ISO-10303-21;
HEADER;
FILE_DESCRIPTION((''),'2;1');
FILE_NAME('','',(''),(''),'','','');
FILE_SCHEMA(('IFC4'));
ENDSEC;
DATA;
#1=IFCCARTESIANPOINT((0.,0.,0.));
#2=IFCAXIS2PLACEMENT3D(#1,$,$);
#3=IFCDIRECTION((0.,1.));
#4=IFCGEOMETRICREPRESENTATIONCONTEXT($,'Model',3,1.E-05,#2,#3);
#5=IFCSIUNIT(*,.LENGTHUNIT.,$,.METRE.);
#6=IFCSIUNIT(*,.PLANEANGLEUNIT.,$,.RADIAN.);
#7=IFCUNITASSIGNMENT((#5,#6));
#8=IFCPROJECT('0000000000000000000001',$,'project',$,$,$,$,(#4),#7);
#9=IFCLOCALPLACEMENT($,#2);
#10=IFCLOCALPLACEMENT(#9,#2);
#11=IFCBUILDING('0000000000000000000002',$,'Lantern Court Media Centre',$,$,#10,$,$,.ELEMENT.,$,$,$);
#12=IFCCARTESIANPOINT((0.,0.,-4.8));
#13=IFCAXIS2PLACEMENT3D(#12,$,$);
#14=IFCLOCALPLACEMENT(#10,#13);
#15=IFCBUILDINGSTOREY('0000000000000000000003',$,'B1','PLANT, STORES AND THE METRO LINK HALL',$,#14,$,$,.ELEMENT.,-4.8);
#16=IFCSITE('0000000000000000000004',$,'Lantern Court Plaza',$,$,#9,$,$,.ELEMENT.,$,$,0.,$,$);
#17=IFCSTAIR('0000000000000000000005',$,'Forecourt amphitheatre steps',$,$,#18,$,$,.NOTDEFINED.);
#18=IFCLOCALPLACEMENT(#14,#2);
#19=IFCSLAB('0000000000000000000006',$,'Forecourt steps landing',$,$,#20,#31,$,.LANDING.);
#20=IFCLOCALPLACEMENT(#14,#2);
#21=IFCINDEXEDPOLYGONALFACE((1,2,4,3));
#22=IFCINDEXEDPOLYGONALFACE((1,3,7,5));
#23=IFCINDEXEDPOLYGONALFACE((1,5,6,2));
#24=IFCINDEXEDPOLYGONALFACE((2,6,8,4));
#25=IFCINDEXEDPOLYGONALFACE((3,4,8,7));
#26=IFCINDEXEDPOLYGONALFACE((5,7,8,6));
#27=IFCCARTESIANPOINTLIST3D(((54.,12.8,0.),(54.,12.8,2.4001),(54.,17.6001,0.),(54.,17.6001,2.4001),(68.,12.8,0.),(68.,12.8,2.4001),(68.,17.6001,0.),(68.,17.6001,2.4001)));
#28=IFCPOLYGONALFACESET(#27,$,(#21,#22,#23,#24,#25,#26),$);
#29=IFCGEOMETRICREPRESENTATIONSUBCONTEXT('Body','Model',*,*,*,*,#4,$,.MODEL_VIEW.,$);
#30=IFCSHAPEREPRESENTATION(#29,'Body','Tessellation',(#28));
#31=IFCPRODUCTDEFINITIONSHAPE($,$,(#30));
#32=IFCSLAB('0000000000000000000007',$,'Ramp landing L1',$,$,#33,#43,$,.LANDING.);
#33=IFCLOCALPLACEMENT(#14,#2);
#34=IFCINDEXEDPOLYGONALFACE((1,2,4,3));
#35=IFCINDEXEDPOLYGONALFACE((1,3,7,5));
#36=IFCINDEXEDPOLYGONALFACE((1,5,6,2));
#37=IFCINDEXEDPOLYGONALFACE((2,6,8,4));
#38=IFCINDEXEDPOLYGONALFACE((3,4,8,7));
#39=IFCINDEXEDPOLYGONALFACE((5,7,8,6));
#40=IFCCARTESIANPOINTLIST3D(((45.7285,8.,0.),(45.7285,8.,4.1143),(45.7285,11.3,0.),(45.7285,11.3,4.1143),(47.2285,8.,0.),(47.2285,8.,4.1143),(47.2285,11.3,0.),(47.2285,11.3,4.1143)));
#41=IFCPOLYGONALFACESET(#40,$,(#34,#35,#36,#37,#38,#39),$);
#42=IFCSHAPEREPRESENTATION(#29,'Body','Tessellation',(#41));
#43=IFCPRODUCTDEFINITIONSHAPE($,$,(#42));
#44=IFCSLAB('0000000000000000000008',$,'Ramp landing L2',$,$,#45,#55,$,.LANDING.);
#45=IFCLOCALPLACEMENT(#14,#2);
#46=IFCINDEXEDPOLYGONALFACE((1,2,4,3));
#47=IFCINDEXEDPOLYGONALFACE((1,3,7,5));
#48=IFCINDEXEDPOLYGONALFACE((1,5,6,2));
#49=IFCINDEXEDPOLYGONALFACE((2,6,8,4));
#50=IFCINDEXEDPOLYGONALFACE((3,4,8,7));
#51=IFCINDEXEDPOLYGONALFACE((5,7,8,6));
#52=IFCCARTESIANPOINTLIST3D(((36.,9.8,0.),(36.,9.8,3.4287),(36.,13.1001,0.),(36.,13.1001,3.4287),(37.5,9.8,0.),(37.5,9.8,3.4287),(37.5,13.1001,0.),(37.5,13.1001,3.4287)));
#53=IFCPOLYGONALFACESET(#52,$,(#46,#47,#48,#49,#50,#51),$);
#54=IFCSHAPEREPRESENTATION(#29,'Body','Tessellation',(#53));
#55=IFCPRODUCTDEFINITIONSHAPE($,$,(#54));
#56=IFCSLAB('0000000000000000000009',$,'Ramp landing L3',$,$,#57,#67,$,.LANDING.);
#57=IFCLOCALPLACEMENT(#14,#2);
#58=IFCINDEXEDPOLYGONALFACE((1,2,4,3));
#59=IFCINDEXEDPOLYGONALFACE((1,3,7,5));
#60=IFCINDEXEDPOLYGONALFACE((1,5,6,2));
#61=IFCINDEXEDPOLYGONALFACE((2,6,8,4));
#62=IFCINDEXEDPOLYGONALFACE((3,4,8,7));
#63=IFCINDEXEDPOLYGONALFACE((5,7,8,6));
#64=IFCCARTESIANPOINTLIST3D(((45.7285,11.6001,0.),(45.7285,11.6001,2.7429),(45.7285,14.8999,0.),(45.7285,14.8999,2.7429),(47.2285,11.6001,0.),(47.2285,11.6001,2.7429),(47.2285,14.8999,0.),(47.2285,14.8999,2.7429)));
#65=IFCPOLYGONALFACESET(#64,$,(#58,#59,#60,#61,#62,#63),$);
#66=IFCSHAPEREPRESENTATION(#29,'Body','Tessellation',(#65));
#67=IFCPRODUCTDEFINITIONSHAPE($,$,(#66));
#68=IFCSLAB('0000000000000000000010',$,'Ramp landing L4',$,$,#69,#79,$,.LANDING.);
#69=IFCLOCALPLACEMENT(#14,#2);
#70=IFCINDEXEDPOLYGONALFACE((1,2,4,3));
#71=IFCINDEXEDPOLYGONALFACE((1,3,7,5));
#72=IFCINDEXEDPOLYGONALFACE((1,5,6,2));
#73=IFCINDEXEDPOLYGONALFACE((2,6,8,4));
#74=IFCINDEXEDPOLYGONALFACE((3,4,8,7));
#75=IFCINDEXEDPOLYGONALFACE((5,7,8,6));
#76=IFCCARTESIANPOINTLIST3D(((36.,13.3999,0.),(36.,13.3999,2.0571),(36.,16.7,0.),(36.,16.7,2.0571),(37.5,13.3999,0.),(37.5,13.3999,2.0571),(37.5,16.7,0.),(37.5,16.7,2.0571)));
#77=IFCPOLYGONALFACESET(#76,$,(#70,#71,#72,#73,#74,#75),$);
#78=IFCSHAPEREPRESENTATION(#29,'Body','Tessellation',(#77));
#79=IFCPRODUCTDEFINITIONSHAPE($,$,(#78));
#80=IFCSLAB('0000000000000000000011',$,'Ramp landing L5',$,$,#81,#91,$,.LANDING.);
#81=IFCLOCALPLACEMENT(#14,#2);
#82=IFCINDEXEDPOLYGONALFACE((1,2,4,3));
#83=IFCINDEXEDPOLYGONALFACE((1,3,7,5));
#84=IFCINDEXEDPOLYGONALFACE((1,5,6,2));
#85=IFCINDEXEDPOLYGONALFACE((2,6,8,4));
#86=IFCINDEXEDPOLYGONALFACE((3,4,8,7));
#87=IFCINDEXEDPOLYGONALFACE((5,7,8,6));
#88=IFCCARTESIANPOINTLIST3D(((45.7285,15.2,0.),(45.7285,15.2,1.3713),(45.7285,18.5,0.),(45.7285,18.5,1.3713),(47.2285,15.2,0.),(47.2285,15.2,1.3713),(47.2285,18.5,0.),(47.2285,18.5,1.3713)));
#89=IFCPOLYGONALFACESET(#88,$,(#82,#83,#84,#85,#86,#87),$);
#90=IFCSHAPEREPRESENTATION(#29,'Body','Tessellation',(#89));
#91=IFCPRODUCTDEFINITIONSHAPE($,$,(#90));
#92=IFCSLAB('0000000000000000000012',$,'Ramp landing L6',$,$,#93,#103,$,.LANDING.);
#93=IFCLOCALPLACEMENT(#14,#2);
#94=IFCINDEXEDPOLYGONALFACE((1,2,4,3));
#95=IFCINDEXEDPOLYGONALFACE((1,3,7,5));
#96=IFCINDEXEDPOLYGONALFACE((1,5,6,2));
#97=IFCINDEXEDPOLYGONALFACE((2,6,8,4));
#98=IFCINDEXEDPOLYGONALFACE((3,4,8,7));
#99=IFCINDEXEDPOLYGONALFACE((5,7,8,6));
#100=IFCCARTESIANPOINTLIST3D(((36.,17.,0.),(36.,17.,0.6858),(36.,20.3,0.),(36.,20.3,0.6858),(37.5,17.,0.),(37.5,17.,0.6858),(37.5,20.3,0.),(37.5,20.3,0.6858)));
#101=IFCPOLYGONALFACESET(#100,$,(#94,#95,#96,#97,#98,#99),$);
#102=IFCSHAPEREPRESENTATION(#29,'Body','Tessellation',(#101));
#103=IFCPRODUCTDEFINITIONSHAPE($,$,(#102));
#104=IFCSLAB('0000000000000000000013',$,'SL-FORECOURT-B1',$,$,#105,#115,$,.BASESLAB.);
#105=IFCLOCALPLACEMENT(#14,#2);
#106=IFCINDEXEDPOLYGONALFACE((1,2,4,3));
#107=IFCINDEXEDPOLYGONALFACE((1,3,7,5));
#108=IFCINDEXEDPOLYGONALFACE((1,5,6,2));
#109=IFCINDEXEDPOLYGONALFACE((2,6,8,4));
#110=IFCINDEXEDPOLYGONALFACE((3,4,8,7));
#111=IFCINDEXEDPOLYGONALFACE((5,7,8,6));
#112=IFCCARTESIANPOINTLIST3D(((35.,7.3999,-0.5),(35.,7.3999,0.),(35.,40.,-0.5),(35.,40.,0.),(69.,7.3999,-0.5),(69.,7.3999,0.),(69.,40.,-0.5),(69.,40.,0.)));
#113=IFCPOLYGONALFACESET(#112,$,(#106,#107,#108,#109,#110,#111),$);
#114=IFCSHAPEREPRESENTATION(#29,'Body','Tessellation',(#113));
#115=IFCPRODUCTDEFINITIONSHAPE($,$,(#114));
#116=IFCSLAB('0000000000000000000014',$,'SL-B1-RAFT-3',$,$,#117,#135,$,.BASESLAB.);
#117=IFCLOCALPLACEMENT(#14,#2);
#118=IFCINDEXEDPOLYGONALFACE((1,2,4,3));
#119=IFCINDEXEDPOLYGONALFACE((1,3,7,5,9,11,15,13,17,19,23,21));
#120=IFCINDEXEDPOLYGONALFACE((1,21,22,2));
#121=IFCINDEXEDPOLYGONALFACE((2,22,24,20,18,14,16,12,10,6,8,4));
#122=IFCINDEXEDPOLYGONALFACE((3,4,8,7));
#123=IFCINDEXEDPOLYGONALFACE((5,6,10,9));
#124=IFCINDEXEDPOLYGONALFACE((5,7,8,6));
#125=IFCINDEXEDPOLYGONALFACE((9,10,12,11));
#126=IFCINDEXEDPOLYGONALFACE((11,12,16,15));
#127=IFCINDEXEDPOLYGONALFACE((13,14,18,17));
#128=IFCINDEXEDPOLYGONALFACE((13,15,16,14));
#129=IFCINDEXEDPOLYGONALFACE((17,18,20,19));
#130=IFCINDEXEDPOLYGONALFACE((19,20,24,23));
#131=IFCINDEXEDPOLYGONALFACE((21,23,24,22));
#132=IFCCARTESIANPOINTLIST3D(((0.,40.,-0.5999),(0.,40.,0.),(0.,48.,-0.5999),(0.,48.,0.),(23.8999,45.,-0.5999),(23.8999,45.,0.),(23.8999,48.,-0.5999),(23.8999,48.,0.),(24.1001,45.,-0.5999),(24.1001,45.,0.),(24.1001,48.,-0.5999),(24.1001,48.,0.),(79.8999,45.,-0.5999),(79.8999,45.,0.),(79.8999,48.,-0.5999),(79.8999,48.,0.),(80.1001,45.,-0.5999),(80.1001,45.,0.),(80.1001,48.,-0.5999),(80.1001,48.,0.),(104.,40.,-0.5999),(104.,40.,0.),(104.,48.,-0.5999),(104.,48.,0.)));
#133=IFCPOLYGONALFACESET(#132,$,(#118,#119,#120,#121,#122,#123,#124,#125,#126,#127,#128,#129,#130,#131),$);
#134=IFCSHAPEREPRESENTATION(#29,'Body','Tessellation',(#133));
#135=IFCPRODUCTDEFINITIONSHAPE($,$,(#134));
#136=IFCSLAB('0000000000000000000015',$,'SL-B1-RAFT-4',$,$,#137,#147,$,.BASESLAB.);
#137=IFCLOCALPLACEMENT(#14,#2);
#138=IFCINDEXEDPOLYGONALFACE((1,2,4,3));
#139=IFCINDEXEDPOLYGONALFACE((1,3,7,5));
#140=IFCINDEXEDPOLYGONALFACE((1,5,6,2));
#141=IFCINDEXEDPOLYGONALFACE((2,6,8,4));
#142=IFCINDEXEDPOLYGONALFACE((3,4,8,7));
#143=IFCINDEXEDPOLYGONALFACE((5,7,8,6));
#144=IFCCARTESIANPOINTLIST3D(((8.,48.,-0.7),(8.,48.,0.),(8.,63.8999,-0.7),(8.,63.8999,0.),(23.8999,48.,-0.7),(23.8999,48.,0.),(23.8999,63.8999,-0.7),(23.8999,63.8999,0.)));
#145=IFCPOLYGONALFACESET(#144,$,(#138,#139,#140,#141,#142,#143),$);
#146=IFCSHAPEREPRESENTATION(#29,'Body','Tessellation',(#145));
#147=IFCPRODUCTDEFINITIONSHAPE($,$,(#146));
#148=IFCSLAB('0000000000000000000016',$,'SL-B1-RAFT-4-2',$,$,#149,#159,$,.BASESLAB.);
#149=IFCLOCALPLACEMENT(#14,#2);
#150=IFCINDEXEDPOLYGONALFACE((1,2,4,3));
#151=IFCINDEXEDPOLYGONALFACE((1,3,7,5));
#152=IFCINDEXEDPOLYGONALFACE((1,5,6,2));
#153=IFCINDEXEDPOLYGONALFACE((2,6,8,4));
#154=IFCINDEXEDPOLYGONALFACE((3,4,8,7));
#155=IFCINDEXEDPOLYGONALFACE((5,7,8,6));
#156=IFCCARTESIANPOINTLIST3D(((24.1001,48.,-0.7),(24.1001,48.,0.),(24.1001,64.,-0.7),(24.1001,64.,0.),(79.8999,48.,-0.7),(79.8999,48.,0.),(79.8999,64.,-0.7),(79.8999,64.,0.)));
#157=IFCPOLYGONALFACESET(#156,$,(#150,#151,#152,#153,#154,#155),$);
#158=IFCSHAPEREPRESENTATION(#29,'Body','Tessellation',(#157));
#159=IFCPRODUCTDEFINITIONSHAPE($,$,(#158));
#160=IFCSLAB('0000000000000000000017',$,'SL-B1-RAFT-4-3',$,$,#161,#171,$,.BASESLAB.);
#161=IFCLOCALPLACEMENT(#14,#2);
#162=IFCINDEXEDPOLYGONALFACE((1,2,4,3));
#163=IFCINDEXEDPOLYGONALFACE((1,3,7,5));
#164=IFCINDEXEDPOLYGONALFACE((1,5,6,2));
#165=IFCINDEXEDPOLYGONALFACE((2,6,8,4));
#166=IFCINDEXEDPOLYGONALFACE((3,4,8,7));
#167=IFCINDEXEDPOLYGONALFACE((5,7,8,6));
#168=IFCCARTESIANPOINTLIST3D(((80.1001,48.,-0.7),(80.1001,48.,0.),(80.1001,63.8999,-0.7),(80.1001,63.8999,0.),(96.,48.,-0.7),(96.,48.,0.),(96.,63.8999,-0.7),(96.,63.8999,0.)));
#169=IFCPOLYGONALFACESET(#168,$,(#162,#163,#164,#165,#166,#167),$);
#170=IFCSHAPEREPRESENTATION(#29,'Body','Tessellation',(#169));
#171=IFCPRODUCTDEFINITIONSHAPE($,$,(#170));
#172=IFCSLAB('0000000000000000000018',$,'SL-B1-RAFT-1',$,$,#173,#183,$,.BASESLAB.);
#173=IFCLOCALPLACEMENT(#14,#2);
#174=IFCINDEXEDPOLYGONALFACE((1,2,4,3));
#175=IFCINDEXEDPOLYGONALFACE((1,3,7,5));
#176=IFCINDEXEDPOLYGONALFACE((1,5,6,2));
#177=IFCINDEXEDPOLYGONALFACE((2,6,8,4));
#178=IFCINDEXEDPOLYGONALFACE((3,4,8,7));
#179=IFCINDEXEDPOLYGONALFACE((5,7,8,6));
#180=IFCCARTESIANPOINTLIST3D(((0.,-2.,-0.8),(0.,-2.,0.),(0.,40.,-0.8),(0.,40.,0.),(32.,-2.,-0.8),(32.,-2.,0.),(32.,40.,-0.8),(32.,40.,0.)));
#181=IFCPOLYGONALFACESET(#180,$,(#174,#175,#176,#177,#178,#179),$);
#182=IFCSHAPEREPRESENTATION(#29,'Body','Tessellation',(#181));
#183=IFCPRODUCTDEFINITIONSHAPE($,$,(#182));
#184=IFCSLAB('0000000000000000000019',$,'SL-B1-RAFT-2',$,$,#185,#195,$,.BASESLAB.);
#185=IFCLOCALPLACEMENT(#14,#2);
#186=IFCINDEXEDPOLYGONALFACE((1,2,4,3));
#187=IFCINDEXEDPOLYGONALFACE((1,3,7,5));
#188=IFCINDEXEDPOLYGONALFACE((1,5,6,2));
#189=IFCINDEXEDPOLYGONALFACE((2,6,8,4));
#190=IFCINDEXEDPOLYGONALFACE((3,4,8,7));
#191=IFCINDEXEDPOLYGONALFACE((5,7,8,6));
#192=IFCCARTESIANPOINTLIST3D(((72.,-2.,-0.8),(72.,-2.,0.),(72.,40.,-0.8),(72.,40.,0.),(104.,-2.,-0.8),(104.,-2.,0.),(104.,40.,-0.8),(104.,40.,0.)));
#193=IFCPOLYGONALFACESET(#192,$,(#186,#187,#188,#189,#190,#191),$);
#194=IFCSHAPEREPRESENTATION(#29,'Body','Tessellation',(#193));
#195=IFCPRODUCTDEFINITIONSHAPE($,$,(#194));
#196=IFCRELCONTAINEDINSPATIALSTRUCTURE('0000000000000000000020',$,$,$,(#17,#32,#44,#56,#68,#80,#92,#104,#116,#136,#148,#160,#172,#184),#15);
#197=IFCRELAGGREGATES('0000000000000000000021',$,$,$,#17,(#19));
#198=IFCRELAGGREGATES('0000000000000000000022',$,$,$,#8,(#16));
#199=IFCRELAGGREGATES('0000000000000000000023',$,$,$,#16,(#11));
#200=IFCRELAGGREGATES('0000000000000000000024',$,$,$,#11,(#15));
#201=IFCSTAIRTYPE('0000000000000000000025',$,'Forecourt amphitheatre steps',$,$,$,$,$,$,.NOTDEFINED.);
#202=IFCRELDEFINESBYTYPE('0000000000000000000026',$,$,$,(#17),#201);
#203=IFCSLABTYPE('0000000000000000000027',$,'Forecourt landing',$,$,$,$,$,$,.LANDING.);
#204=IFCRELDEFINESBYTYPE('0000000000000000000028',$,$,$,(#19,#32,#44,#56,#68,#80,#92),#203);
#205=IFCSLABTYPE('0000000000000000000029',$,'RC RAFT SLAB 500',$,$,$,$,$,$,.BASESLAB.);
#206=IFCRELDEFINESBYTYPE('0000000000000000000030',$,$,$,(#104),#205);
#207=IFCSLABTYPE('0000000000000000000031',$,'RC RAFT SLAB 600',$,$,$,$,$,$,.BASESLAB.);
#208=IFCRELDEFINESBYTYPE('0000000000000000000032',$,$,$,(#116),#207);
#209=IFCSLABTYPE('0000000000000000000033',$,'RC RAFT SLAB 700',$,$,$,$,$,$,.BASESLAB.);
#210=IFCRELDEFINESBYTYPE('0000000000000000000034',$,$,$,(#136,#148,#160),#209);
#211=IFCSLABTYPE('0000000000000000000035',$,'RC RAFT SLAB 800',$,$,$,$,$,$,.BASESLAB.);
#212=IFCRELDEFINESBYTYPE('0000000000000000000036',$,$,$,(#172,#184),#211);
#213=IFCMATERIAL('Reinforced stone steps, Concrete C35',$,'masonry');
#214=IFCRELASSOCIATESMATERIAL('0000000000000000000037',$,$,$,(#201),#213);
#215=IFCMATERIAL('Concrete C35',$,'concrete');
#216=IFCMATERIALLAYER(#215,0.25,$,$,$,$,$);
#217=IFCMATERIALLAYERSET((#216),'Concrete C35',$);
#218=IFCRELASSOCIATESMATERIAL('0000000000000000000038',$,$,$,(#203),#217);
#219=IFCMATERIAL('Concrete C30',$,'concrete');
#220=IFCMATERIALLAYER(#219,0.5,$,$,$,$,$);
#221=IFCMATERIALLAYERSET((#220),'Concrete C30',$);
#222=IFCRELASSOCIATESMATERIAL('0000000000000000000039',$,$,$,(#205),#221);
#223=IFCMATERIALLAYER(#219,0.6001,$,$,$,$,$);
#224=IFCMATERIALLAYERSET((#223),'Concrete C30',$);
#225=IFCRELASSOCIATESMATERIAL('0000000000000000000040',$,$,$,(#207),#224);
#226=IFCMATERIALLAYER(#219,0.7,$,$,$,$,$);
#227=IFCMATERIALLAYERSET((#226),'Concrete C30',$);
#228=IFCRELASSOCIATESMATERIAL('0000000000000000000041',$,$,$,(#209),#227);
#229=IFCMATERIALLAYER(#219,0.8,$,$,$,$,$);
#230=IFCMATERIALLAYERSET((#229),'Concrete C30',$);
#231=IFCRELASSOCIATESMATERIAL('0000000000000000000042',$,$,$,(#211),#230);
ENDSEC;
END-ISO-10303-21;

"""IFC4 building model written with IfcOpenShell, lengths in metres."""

from ifc_helpers import new_model, si_unit, direction, frame, origin, place, context, subcontext, project, spatial, polyline, outline, extrude, material, layer, layer_set, type_object, element, aggregate, save


model = new_model("IFC4")

# Units and contexts
model_context = context("Model", 3, precision=1e-05, world=origin(), true_north=direction((0.0, 1.0)))
body_context = subcontext(model_context, "Body", "Model", "MODEL_VIEW")
ifc_project = project(units=[si_unit("LENGTHUNIT", "METRE"), si_unit("PLANEANGLEUNIT", "RADIAN")], contexts=[model_context])

# Site, building, storey
site_placement = place(None, origin())
site = spatial("IfcSite", under=ifc_project, at=site_placement, Name="Lantern Court Plaza", CompositionType="ELEMENT", RefElevation=0.0)
building_placement = place(site_placement, origin())
building = spatial("IfcBuilding", under=site, at=building_placement, Name="Lantern Court Media Centre", CompositionType="ELEMENT")
storey_placement = place(building_placement, frame((0.0, 0.0, -4.8)))
storey = spatial("IfcBuildingStorey", under=building, at=storey_placement, Name="B1", Description="PLANT, STORES AND THE METRO LINK HALL", CompositionType="ELEMENT", Elevation=-4.8)

# Stair, slab
ifc_material_1 = material(Name="Reinforced stone steps, Concrete C35", Category="masonry")
stair_type = type_object("IfcStairType", Name="Forecourt amphitheatre steps", PredefinedType="NOTDEFINED", material=ifc_material_1)
stair_placement = place(storey_placement, origin())
stair = element("IfcStair", 1, at=stair_placement, inside=storey, type_object=stair_type, Name="Forecourt amphitheatre steps", PredefinedType="NOTDEFINED")
ifc_material_2 = material(Name="Concrete C35", Category="concrete")
ifc_layer_1 = layer(ifc_material_2, 0.25)
ifc_layer_set_1 = layer_set([ifc_layer_1], Name="Concrete C35")
slab_type_1 = type_object("IfcSlabType", Name="Forecourt landing", PredefinedType="LANDING", material=ifc_layer_set_1)
slab_1_placement = place(storey_placement, origin())
slab_1 = element("IfcSlab", 2, at=slab_1_placement, type_object=slab_type_1, Name="Forecourt steps landing", PredefinedType="LANDING", context=body_context, shape_type="SweptSolid", body=[
    extrude(outline(polyline([(54.0, 12.8), (68.0, 12.8), (68.0, 17.6001), (54.0, 17.6001), (54.0, 12.8)])), origin(), (0.0, 0.0, 1.0), 2.4001),
])
aggregate(stair, [slab_1])

# Slabs
slab_2_placement = place(storey_placement, origin())
element("IfcSlab", 3, at=slab_2_placement, inside=storey, type_object=slab_type_1, Name="Ramp landing L1", PredefinedType="LANDING", context=body_context, shape_type="SweptSolid", body=[
    extrude(outline(polyline([(45.7285, 8.0), (47.2285, 8.0), (47.2285, 11.3), (45.7285, 11.3), (45.7285, 8.0)])), origin(), (0.0, 0.0, 1.0), 4.1143),
])
slab_3_placement = place(storey_placement, origin())
element("IfcSlab", 4, at=slab_3_placement, inside=storey, type_object=slab_type_1, Name="Ramp landing L2", PredefinedType="LANDING", context=body_context, shape_type="SweptSolid", body=[
    extrude(outline(polyline([(36.0, 9.8), (37.5, 9.8), (37.5, 13.1001), (36.0, 13.1001), (36.0, 9.8)])), origin(), (0.0, 0.0, 1.0), 3.4287),
])
slab_4_placement = place(storey_placement, origin())
element("IfcSlab", 5, at=slab_4_placement, inside=storey, type_object=slab_type_1, Name="Ramp landing L3", PredefinedType="LANDING", context=body_context, shape_type="SweptSolid", body=[
    extrude(outline(polyline([(45.7285, 11.6001), (47.2285, 11.6001), (47.2285, 14.8999), (45.7285, 14.8999), (45.7285, 11.6001)])), origin(), (0.0, 0.0, 1.0), 2.7429),
])
slab_5_placement = place(storey_placement, origin())
element("IfcSlab", 6, at=slab_5_placement, inside=storey, type_object=slab_type_1, Name="Ramp landing L4", PredefinedType="LANDING", context=body_context, shape_type="SweptSolid", body=[
    extrude(outline(polyline([(36.0, 13.3999), (37.5, 13.3999), (37.5, 16.7), (36.0, 16.7), (36.0, 13.3999)])), origin(), (0.0, 0.0, 1.0), 2.0571),
])
slab_6_placement = place(storey_placement, origin())
element("IfcSlab", 7, at=slab_6_placement, inside=storey, type_object=slab_type_1, Name="Ramp landing L5", PredefinedType="LANDING", context=body_context, shape_type="SweptSolid", body=[
    extrude(outline(polyline([(45.7285, 15.2), (47.2285, 15.2), (47.2285, 18.5), (45.7285, 18.5), (45.7285, 15.2)])), origin(), (0.0, 0.0, 1.0), 1.3713),
])
slab_7_placement = place(storey_placement, origin())
element("IfcSlab", 8, at=slab_7_placement, inside=storey, type_object=slab_type_1, Name="Ramp landing L6", PredefinedType="LANDING", context=body_context, shape_type="SweptSolid", body=[
    extrude(outline(polyline([(36.0, 17.0), (37.5, 17.0), (37.5, 20.3), (36.0, 20.3), (36.0, 17.0)])), origin(), (0.0, 0.0, 1.0), 0.6858),
])
ifc_material_3 = material(Name="Concrete C30", Category="concrete")
ifc_layer_2 = layer(ifc_material_3, 0.5)
ifc_layer_set_2 = layer_set([ifc_layer_2], Name="Concrete C30")
slab_type_2 = type_object("IfcSlabType", Name="RC RAFT SLAB 500", PredefinedType="BASESLAB", material=ifc_layer_set_2)
slab_8_placement = place(storey_placement, frame((0.0, 0.0, -0.5)))
element("IfcSlab", 9, at=slab_8_placement, inside=storey, type_object=slab_type_2, Name="SL-FORECOURT-B1", PredefinedType="BASESLAB", context=body_context, shape_type="SweptSolid", body=[
    extrude(outline(polyline([(69.0, 7.3999), (69.0, 40.0), (35.0, 40.0), (35.0, 7.3999), (69.0, 7.3999)])), origin(), (0.0, 0.0, 1.0), 0.5),
])
ifc_layer_3 = layer(ifc_material_3, 0.6001)
ifc_layer_set_3 = layer_set([ifc_layer_3], Name="Concrete C30")
slab_type_3 = type_object("IfcSlabType", Name="RC RAFT SLAB 600", PredefinedType="BASESLAB", material=ifc_layer_set_3)
slab_9_placement = place(storey_placement, frame((0.0, 0.0, -0.5999)))
element("IfcSlab", 10, at=slab_9_placement, inside=storey, type_object=slab_type_3, Name="SL-B1-RAFT-3", PredefinedType="BASESLAB", context=body_context, shape_type="SweptSolid", body=[
    extrude(outline(polyline([(104.0, 48.0), (104.0, 40.0), (0.0, 40.0), (0.0, 48.0), (23.8999, 48.0), (23.8999, 45.0), (24.1001, 45.0), (24.1001, 48.0), (79.8999, 48.0), (79.8999, 45.0), (80.1001, 45.0), (80.1001, 48.0), (104.0, 48.0)])), origin(), (0.0, 0.0, 1.0), 0.5999),
])
ifc_layer_4 = layer(ifc_material_3, 0.7)
ifc_layer_set_4 = layer_set([ifc_layer_4], Name="Concrete C30")
slab_type_4 = type_object("IfcSlabType", Name="RC RAFT SLAB 700", PredefinedType="BASESLAB", material=ifc_layer_set_4)
slab_10_placement = place(storey_placement, frame((0.0, 0.0, -0.7)))
element("IfcSlab", 11, at=slab_10_placement, inside=storey, type_object=slab_type_4, Name="SL-B1-RAFT-4", PredefinedType="BASESLAB", context=body_context, shape_type="SweptSolid", body=[
    extrude(outline(polyline([(8.0, 48.0), (8.0, 63.8999), (23.8999, 63.8999), (23.8999, 48.0), (8.0, 48.0)])), origin(), (0.0, 0.0, 1.0), 0.7),
])
slab_11_placement = place(storey_placement, frame((0.0, 0.0, -0.7)))
element("IfcSlab", 12, at=slab_11_placement, inside=storey, type_object=slab_type_4, Name="SL-B1-RAFT-4-2", PredefinedType="BASESLAB", context=body_context, shape_type="SweptSolid", body=[
    extrude(outline(polyline([(79.8999, 64.0), (79.8999, 48.0), (24.1001, 48.0), (24.1001, 64.0), (79.8999, 64.0)])), origin(), (0.0, 0.0, 1.0), 0.7),
])
slab_12_placement = place(storey_placement, frame((0.0, 0.0, -0.7)))
element("IfcSlab", 13, at=slab_12_placement, inside=storey, type_object=slab_type_4, Name="SL-B1-RAFT-4-3", PredefinedType="BASESLAB", context=body_context, shape_type="SweptSolid", body=[
    extrude(outline(polyline([(96.0, 48.0), (80.1001, 48.0), (80.1001, 63.8999), (96.0, 63.8999), (96.0, 48.0)])), origin(), (0.0, 0.0, 1.0), 0.7),
])
ifc_layer_5 = layer(ifc_material_3, 0.8)
ifc_layer_set_5 = layer_set([ifc_layer_5], Name="Concrete C30")
slab_type_5 = type_object("IfcSlabType", Name="RC RAFT SLAB 800", PredefinedType="BASESLAB", material=ifc_layer_set_5)
slab_13_placement = place(storey_placement, frame((0.0, 0.0, -0.8)))
element("IfcSlab", 14, at=slab_13_placement, inside=storey, type_object=slab_type_5, Name="SL-B1-RAFT-1", PredefinedType="BASESLAB", context=body_context, shape_type="SweptSolid", body=[
    extrude(outline(polyline([(0.0, -2.0), (0.0, 40.0), (32.0, 40.0), (32.0, -2.0), (0.0, -2.0)])), origin(), (0.0, 0.0, 1.0), 0.8),
])
slab_14_placement = place(storey_placement, frame((0.0, 0.0, -0.8)))
element("IfcSlab", 15, at=slab_14_placement, inside=storey, type_object=slab_type_5, Name="SL-B1-RAFT-2", PredefinedType="BASESLAB", context=body_context, shape_type="SweptSolid", body=[
    extrude(outline(polyline([(72.0, -2.0), (72.0, 40.0), (104.0, 40.0), (104.0, -2.0), (72.0, -2.0)])), origin(), (0.0, 0.0, 1.0), 0.8),
])

save(model, "model.ifc")
